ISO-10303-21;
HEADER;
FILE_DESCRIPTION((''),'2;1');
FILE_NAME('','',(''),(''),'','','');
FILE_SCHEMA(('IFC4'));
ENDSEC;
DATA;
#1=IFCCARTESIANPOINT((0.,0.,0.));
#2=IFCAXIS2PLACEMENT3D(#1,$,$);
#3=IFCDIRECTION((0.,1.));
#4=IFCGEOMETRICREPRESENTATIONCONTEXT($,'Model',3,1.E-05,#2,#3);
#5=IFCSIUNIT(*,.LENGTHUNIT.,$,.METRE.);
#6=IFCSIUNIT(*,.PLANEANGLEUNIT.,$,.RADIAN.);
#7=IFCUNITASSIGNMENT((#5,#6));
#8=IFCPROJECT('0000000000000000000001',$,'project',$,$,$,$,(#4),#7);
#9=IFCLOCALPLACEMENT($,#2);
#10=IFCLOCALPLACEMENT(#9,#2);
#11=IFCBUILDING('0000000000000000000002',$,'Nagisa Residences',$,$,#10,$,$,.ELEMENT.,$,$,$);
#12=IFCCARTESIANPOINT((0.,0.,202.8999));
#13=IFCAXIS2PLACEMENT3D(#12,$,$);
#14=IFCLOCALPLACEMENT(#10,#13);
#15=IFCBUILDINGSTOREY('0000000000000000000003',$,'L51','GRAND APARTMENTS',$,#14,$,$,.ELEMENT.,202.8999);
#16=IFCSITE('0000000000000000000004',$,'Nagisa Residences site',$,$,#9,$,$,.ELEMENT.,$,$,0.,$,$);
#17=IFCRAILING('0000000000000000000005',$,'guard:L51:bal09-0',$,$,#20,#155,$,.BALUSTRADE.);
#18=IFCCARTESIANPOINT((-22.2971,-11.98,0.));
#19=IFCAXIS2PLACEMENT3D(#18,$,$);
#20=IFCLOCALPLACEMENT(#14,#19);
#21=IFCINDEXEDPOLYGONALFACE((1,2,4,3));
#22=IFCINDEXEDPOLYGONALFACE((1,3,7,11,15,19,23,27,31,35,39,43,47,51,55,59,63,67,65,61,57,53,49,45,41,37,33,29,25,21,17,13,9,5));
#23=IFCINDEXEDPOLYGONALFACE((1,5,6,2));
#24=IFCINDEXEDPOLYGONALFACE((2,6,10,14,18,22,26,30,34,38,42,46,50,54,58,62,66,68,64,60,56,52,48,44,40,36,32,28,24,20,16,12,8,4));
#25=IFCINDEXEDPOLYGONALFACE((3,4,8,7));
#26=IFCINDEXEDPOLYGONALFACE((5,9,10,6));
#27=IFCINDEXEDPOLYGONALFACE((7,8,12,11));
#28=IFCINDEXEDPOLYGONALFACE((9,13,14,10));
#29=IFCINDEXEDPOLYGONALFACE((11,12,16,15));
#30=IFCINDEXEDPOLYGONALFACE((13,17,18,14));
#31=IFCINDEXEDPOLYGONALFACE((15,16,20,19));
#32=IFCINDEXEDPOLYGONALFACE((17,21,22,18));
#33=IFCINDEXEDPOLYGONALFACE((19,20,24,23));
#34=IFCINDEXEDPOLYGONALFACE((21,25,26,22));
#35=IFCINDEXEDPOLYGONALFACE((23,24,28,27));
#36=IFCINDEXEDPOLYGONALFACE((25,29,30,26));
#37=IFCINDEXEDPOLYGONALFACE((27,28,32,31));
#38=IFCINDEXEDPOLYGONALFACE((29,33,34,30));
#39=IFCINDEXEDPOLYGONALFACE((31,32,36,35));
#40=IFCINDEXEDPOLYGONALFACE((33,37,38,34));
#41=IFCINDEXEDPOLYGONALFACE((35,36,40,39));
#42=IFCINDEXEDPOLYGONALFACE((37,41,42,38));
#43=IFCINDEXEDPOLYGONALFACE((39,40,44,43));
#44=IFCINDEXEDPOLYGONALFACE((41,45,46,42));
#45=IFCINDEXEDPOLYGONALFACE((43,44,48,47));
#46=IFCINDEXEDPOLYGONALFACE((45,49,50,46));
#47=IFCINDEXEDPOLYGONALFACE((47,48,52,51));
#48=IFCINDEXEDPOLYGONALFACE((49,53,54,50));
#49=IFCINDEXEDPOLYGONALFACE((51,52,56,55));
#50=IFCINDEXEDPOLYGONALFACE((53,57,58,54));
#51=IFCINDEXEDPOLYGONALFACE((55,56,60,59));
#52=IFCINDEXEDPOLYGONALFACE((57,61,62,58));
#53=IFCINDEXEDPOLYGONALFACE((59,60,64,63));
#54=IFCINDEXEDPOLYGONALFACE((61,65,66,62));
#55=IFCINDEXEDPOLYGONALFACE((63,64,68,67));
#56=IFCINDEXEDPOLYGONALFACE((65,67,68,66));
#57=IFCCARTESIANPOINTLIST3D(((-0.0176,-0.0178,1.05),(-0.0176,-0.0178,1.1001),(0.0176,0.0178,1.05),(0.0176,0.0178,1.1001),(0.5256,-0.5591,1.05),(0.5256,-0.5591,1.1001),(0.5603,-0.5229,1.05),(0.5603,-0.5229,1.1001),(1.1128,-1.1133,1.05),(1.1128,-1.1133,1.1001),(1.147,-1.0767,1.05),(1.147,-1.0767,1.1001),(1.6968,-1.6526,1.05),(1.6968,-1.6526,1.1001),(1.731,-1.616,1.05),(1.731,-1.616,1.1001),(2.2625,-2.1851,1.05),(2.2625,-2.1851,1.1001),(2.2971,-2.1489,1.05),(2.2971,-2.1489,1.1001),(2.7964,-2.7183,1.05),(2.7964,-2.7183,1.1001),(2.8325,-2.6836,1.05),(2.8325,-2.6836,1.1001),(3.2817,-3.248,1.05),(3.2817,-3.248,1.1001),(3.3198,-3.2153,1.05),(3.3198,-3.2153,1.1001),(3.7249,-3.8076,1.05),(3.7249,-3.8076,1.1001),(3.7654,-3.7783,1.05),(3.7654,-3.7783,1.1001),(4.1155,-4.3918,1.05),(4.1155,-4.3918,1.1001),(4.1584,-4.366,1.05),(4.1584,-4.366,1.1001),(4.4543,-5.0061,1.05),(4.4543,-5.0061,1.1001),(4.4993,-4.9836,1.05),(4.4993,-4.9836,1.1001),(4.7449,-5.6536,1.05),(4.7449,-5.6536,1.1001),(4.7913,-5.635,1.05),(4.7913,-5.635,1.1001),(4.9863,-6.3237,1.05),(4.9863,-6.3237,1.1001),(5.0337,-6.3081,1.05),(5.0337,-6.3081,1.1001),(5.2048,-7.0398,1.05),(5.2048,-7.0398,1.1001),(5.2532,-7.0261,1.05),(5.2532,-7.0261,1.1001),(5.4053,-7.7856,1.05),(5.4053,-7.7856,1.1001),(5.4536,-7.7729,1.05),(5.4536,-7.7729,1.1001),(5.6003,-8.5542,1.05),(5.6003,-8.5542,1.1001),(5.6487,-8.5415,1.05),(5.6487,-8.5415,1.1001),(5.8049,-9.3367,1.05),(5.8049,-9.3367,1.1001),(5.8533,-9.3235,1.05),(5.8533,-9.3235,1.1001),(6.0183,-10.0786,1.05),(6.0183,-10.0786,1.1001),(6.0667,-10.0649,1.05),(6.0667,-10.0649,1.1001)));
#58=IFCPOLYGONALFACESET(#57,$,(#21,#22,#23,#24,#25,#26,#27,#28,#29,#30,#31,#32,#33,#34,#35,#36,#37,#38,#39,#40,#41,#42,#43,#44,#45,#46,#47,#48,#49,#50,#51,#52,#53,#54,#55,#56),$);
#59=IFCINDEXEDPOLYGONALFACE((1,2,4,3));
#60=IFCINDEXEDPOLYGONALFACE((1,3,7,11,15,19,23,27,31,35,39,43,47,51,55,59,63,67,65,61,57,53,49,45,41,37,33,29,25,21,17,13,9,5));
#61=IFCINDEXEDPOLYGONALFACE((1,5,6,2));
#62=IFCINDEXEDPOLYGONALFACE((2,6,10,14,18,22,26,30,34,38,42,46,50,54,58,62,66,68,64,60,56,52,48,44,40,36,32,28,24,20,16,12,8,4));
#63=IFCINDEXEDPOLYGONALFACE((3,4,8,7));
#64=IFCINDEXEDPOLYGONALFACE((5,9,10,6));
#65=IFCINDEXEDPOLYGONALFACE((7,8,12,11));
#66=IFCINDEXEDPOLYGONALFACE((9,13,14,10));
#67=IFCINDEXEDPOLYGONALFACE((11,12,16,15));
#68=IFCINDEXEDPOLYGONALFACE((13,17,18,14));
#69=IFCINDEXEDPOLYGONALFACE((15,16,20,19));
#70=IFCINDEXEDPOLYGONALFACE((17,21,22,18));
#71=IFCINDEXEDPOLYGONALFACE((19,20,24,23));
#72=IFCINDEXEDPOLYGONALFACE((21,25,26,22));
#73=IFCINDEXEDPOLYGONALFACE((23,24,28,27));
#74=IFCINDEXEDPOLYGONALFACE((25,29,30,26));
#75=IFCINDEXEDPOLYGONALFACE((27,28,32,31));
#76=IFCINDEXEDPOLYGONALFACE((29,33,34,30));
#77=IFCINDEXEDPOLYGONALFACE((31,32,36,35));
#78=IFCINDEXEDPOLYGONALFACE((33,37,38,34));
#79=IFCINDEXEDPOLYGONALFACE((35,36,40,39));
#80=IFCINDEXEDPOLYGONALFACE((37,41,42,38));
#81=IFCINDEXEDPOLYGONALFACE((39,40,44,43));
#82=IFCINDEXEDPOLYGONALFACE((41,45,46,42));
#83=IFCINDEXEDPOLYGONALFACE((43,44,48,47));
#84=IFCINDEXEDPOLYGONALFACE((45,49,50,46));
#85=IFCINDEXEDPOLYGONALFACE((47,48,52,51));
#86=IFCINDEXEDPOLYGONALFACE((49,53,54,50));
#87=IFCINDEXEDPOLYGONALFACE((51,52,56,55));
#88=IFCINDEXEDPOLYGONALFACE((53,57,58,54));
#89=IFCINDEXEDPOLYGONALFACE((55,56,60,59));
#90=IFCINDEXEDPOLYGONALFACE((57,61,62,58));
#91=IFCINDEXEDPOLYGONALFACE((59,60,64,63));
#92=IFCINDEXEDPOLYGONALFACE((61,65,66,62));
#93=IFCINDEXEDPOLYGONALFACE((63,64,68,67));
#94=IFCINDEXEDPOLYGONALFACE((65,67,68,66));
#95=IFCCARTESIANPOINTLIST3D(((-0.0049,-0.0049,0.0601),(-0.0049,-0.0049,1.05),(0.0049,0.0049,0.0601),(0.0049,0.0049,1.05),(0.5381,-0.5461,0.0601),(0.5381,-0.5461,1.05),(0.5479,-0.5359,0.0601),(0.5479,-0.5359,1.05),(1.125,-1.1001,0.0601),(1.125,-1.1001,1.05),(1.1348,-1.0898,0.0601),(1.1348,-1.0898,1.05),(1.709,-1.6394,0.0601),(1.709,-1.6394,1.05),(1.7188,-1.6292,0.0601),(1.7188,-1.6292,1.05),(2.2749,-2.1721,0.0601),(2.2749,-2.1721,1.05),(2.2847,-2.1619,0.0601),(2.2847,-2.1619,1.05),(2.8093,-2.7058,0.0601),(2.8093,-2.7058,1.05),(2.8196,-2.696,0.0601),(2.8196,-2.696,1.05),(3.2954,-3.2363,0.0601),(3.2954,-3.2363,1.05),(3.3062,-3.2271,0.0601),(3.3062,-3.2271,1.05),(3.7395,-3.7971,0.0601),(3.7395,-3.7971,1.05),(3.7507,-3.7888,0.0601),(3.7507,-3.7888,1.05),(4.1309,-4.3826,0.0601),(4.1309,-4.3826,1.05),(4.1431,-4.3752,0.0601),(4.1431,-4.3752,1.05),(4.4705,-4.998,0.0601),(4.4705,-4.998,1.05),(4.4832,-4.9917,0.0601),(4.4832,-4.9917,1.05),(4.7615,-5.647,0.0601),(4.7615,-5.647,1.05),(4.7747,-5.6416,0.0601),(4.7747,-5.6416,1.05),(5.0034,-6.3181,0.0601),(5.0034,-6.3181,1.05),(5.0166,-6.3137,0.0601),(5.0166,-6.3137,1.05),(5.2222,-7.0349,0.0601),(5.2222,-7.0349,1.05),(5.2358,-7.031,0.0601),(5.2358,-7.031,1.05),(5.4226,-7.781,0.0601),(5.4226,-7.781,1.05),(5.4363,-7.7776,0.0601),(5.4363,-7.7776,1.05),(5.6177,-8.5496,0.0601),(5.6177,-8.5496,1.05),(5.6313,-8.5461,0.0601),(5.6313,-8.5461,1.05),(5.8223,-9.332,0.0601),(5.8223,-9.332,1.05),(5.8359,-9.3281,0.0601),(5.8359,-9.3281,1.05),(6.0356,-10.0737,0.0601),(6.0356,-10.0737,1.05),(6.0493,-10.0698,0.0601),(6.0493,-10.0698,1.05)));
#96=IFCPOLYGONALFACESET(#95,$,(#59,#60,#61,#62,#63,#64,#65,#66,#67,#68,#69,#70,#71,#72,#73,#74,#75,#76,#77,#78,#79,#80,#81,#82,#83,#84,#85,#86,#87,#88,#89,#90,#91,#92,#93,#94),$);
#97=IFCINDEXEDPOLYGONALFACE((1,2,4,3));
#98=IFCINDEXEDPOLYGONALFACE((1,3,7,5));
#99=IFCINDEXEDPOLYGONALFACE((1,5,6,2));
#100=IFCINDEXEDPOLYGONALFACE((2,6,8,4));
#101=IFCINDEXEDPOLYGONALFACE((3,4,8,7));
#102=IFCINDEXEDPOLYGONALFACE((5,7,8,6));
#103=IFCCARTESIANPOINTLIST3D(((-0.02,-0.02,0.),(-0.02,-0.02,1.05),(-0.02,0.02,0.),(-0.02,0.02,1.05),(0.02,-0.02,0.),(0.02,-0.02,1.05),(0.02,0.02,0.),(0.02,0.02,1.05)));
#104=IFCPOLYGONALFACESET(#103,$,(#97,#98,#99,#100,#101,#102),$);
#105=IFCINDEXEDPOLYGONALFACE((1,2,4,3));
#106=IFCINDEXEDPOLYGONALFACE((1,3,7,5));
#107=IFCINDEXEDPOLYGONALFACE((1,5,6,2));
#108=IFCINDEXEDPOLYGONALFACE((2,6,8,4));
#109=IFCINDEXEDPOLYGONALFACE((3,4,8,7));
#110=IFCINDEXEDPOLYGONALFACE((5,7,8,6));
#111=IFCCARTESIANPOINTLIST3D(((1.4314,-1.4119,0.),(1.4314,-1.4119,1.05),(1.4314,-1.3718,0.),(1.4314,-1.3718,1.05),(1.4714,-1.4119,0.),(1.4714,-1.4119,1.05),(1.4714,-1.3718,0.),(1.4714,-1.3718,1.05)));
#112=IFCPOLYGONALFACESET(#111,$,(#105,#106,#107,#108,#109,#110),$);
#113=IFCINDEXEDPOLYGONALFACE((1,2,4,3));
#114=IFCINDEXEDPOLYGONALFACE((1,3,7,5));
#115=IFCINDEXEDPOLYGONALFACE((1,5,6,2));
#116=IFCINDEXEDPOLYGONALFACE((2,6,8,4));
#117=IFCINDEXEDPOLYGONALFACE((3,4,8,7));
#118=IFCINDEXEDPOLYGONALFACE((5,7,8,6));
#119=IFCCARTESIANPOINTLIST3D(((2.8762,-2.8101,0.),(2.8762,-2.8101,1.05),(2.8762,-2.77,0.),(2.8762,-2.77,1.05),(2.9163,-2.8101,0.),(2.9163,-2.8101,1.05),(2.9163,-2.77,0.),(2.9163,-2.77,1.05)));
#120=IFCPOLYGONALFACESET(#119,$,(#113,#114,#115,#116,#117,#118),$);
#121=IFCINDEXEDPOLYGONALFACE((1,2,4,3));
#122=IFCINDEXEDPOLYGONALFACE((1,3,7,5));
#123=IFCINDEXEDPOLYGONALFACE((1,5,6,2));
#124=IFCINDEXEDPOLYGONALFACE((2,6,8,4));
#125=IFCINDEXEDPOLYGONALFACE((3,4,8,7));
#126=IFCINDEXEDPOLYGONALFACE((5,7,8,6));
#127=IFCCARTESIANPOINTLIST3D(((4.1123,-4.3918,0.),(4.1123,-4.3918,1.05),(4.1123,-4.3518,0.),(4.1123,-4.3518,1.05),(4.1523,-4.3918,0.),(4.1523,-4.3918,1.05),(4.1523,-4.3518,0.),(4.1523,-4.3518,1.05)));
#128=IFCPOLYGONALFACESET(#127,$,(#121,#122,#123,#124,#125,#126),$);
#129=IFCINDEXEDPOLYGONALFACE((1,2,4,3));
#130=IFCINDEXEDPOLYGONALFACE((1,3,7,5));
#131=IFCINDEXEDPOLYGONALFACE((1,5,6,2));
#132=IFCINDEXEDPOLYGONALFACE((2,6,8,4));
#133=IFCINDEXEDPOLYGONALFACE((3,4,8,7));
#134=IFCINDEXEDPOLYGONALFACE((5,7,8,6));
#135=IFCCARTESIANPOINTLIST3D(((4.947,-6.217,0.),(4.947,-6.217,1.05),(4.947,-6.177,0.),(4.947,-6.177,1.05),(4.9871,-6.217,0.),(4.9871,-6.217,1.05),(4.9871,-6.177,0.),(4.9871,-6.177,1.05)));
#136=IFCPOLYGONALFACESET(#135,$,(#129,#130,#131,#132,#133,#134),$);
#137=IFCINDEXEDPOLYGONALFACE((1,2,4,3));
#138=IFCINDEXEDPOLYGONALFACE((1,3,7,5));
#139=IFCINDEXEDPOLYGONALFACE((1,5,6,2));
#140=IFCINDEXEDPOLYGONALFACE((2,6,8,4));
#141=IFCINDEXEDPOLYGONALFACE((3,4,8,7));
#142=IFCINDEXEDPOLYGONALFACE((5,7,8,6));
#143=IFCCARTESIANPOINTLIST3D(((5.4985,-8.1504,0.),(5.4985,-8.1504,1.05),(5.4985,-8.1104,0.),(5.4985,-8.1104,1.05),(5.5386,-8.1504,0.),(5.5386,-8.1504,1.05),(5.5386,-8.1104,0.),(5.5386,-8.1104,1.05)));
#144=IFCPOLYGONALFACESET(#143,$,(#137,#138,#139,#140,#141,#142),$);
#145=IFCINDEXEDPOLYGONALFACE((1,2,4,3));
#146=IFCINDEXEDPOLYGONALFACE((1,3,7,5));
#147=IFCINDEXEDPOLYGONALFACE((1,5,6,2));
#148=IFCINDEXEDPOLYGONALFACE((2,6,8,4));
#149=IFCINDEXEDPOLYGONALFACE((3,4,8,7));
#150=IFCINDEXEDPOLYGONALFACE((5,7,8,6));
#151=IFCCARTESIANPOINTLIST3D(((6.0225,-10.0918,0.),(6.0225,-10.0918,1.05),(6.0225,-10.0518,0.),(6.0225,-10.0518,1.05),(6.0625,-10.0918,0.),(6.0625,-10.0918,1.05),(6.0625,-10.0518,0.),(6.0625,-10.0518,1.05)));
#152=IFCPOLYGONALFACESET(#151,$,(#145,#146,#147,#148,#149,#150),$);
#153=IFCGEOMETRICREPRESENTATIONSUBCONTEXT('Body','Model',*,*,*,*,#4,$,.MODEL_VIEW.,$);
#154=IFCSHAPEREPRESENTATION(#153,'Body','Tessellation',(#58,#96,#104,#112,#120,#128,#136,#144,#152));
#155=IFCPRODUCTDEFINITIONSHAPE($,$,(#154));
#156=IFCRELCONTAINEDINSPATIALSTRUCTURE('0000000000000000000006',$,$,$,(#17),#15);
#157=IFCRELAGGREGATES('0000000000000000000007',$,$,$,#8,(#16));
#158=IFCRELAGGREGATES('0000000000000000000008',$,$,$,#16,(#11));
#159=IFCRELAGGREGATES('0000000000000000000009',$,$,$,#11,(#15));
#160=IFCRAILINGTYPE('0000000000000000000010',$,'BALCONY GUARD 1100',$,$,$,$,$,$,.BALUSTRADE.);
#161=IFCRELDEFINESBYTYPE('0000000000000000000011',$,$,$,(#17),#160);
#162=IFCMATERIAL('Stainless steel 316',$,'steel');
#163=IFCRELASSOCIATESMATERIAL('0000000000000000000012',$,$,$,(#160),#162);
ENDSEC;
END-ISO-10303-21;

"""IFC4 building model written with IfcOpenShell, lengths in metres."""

from ifc_helpers import new_model, si_unit, direction, frame, origin, origin_2d, place, context, subcontext, project, spatial, polyline, rectangle, outline, extrude, material, type_object, element, save


model = new_model("IFC4")

# Units and contexts
model_context = context("Model", 3, precision=1e-05, world=origin(), true_north=direction((0.0, 1.0)))
body_context = subcontext(model_context, "Body", "Model", "MODEL_VIEW")
ifc_project = project(units=[si_unit("LENGTHUNIT", "METRE"), si_unit("PLANEANGLEUNIT", "RADIAN")], contexts=[model_context])

# Site, building, storey
site_placement = place(None, origin())
site = spatial("IfcSite", under=ifc_project, at=site_placement, Name="Nagisa Residences site", CompositionType="ELEMENT", RefElevation=0.0)
building_placement = place(site_placement, origin())
building = spatial("IfcBuilding", under=site, at=building_placement, Name="Nagisa Residences", CompositionType="ELEMENT")
storey_placement = place(building_placement, frame((0.0, 0.0, 202.8999)))
storey = spatial("IfcBuildingStorey", under=building, at=storey_placement, Name="L51", Description="GRAND APARTMENTS", CompositionType="ELEMENT", Elevation=202.8999)

# Railing
ifc_material_1 = material(Name="Stainless steel 316", Category="steel")
railing_type = type_object("IfcRailingType", Name="BALCONY GUARD 1100", PredefinedType="BALUSTRADE", material=ifc_material_1)
railing_1_placement = place(storey_placement, frame((-22.2971, -11.98, 0.0)))
element("IfcRailing", 1, at=railing_1_placement, inside=storey, type_object=railing_type, Name="guard:L51:bal09-0", PredefinedType="BALUSTRADE", context=body_context, shape_type="SweptSolid", body=[
    extrude(outline(polyline([(0.5603, -0.5229), (0.0176, 0.0178), (-0.0176, -0.0178), (0.5256, -0.5591), (1.1128, -1.1133), (1.6968, -1.6526), (2.2625, -2.1851), (2.7964, -2.7183), (3.2817, -3.248), (3.7249, -3.8076), (4.1155, -4.3918), (4.4543, -5.0061), (4.7449, -5.6536), (4.9863, -6.3237), (5.2048, -7.0398), (5.4053, -7.7856), (5.6003, -8.5542), (5.8049, -9.3367), (6.0183, -10.0786), (6.0667, -10.0649), (5.8533, -9.3235), (5.6487, -8.5415), (5.4536, -7.7729), (5.2532, -7.0261), (5.0337, -6.3081), (4.7913, -5.635), (4.4993, -4.9836), (4.1584, -4.366), (3.7654, -3.7783), (3.3198, -3.2153), (2.8325, -2.6836), (2.2971, -2.1489), (1.731, -1.616), (1.147, -1.0767), (0.5603, -0.5229)])), frame((0.0, 0.0, 1.05)), (0.0, 0.0, 1.0), 0.05),
    extrude(outline(polyline([(0.5479, -0.5359), (0.0049, 0.0049), (-0.0049, -0.0049), (0.5381, -0.5461), (1.125, -1.1001), (1.709, -1.6394), (2.2749, -2.1721), (2.8093, -2.7058), (3.2954, -3.2363), (3.7395, -3.7971), (4.1309, -4.3826), (4.4705, -4.998), (4.7615, -5.647), (5.0034, -6.3181), (5.2222, -7.0349), (5.4226, -7.781), (5.6177, -8.5496), (5.8223, -9.332), (6.0356, -10.0737), (6.0493, -10.0698), (5.8359, -9.3281), (5.6313, -8.5461), (5.4363, -7.7776), (5.2358, -7.031), (5.0166, -6.3137), (4.7747, -5.6416), (4.4832, -4.9917), (4.1431, -4.3752), (3.7507, -3.7888), (3.3062, -3.2271), (2.8196, -2.696), (2.2847, -2.1619), (1.7188, -1.6292), (1.1348, -1.0898), (0.5479, -0.5359)])), frame((0.0, 0.0, 0.0601)), (0.0, 0.0, 1.0), 0.99),
    extrude(rectangle(XDim=0.04, YDim=0.04, at=origin_2d()), origin(), (0.0, 0.0, 1.0), 1.05),
    extrude(rectangle(XDim=0.04, YDim=0.04, at=origin_2d()), frame((1.4514, -1.3918, 0.0)), (0.0, 0.0, 1.0), 1.05),
    extrude(rectangle(XDim=0.04, YDim=0.04, at=origin_2d()), frame((2.8962, -2.79, 0.0)), (0.0, 0.0, 1.0), 1.05),
    extrude(rectangle(XDim=0.04, YDim=0.04, at=origin_2d()), frame((4.1323, -4.3718, 0.0)), (0.0, 0.0, 1.0), 1.05),
    extrude(rectangle(XDim=0.04, YDim=0.04, at=origin_2d()), frame((4.967, -6.197, 0.0)), (0.0, 0.0, 1.0), 1.05),
    extrude(rectangle(XDim=0.04, YDim=0.04, at=origin_2d()), frame((5.5186, -8.1304, 0.0)), (0.0, 0.0, 1.0), 1.05),
    extrude(rectangle(XDim=0.04, YDim=0.04, at=origin_2d()), frame((6.0425, -10.0718, 0.0)), (0.0, 0.0, 1.0), 1.05),
])

save(model, "model.ifc")
